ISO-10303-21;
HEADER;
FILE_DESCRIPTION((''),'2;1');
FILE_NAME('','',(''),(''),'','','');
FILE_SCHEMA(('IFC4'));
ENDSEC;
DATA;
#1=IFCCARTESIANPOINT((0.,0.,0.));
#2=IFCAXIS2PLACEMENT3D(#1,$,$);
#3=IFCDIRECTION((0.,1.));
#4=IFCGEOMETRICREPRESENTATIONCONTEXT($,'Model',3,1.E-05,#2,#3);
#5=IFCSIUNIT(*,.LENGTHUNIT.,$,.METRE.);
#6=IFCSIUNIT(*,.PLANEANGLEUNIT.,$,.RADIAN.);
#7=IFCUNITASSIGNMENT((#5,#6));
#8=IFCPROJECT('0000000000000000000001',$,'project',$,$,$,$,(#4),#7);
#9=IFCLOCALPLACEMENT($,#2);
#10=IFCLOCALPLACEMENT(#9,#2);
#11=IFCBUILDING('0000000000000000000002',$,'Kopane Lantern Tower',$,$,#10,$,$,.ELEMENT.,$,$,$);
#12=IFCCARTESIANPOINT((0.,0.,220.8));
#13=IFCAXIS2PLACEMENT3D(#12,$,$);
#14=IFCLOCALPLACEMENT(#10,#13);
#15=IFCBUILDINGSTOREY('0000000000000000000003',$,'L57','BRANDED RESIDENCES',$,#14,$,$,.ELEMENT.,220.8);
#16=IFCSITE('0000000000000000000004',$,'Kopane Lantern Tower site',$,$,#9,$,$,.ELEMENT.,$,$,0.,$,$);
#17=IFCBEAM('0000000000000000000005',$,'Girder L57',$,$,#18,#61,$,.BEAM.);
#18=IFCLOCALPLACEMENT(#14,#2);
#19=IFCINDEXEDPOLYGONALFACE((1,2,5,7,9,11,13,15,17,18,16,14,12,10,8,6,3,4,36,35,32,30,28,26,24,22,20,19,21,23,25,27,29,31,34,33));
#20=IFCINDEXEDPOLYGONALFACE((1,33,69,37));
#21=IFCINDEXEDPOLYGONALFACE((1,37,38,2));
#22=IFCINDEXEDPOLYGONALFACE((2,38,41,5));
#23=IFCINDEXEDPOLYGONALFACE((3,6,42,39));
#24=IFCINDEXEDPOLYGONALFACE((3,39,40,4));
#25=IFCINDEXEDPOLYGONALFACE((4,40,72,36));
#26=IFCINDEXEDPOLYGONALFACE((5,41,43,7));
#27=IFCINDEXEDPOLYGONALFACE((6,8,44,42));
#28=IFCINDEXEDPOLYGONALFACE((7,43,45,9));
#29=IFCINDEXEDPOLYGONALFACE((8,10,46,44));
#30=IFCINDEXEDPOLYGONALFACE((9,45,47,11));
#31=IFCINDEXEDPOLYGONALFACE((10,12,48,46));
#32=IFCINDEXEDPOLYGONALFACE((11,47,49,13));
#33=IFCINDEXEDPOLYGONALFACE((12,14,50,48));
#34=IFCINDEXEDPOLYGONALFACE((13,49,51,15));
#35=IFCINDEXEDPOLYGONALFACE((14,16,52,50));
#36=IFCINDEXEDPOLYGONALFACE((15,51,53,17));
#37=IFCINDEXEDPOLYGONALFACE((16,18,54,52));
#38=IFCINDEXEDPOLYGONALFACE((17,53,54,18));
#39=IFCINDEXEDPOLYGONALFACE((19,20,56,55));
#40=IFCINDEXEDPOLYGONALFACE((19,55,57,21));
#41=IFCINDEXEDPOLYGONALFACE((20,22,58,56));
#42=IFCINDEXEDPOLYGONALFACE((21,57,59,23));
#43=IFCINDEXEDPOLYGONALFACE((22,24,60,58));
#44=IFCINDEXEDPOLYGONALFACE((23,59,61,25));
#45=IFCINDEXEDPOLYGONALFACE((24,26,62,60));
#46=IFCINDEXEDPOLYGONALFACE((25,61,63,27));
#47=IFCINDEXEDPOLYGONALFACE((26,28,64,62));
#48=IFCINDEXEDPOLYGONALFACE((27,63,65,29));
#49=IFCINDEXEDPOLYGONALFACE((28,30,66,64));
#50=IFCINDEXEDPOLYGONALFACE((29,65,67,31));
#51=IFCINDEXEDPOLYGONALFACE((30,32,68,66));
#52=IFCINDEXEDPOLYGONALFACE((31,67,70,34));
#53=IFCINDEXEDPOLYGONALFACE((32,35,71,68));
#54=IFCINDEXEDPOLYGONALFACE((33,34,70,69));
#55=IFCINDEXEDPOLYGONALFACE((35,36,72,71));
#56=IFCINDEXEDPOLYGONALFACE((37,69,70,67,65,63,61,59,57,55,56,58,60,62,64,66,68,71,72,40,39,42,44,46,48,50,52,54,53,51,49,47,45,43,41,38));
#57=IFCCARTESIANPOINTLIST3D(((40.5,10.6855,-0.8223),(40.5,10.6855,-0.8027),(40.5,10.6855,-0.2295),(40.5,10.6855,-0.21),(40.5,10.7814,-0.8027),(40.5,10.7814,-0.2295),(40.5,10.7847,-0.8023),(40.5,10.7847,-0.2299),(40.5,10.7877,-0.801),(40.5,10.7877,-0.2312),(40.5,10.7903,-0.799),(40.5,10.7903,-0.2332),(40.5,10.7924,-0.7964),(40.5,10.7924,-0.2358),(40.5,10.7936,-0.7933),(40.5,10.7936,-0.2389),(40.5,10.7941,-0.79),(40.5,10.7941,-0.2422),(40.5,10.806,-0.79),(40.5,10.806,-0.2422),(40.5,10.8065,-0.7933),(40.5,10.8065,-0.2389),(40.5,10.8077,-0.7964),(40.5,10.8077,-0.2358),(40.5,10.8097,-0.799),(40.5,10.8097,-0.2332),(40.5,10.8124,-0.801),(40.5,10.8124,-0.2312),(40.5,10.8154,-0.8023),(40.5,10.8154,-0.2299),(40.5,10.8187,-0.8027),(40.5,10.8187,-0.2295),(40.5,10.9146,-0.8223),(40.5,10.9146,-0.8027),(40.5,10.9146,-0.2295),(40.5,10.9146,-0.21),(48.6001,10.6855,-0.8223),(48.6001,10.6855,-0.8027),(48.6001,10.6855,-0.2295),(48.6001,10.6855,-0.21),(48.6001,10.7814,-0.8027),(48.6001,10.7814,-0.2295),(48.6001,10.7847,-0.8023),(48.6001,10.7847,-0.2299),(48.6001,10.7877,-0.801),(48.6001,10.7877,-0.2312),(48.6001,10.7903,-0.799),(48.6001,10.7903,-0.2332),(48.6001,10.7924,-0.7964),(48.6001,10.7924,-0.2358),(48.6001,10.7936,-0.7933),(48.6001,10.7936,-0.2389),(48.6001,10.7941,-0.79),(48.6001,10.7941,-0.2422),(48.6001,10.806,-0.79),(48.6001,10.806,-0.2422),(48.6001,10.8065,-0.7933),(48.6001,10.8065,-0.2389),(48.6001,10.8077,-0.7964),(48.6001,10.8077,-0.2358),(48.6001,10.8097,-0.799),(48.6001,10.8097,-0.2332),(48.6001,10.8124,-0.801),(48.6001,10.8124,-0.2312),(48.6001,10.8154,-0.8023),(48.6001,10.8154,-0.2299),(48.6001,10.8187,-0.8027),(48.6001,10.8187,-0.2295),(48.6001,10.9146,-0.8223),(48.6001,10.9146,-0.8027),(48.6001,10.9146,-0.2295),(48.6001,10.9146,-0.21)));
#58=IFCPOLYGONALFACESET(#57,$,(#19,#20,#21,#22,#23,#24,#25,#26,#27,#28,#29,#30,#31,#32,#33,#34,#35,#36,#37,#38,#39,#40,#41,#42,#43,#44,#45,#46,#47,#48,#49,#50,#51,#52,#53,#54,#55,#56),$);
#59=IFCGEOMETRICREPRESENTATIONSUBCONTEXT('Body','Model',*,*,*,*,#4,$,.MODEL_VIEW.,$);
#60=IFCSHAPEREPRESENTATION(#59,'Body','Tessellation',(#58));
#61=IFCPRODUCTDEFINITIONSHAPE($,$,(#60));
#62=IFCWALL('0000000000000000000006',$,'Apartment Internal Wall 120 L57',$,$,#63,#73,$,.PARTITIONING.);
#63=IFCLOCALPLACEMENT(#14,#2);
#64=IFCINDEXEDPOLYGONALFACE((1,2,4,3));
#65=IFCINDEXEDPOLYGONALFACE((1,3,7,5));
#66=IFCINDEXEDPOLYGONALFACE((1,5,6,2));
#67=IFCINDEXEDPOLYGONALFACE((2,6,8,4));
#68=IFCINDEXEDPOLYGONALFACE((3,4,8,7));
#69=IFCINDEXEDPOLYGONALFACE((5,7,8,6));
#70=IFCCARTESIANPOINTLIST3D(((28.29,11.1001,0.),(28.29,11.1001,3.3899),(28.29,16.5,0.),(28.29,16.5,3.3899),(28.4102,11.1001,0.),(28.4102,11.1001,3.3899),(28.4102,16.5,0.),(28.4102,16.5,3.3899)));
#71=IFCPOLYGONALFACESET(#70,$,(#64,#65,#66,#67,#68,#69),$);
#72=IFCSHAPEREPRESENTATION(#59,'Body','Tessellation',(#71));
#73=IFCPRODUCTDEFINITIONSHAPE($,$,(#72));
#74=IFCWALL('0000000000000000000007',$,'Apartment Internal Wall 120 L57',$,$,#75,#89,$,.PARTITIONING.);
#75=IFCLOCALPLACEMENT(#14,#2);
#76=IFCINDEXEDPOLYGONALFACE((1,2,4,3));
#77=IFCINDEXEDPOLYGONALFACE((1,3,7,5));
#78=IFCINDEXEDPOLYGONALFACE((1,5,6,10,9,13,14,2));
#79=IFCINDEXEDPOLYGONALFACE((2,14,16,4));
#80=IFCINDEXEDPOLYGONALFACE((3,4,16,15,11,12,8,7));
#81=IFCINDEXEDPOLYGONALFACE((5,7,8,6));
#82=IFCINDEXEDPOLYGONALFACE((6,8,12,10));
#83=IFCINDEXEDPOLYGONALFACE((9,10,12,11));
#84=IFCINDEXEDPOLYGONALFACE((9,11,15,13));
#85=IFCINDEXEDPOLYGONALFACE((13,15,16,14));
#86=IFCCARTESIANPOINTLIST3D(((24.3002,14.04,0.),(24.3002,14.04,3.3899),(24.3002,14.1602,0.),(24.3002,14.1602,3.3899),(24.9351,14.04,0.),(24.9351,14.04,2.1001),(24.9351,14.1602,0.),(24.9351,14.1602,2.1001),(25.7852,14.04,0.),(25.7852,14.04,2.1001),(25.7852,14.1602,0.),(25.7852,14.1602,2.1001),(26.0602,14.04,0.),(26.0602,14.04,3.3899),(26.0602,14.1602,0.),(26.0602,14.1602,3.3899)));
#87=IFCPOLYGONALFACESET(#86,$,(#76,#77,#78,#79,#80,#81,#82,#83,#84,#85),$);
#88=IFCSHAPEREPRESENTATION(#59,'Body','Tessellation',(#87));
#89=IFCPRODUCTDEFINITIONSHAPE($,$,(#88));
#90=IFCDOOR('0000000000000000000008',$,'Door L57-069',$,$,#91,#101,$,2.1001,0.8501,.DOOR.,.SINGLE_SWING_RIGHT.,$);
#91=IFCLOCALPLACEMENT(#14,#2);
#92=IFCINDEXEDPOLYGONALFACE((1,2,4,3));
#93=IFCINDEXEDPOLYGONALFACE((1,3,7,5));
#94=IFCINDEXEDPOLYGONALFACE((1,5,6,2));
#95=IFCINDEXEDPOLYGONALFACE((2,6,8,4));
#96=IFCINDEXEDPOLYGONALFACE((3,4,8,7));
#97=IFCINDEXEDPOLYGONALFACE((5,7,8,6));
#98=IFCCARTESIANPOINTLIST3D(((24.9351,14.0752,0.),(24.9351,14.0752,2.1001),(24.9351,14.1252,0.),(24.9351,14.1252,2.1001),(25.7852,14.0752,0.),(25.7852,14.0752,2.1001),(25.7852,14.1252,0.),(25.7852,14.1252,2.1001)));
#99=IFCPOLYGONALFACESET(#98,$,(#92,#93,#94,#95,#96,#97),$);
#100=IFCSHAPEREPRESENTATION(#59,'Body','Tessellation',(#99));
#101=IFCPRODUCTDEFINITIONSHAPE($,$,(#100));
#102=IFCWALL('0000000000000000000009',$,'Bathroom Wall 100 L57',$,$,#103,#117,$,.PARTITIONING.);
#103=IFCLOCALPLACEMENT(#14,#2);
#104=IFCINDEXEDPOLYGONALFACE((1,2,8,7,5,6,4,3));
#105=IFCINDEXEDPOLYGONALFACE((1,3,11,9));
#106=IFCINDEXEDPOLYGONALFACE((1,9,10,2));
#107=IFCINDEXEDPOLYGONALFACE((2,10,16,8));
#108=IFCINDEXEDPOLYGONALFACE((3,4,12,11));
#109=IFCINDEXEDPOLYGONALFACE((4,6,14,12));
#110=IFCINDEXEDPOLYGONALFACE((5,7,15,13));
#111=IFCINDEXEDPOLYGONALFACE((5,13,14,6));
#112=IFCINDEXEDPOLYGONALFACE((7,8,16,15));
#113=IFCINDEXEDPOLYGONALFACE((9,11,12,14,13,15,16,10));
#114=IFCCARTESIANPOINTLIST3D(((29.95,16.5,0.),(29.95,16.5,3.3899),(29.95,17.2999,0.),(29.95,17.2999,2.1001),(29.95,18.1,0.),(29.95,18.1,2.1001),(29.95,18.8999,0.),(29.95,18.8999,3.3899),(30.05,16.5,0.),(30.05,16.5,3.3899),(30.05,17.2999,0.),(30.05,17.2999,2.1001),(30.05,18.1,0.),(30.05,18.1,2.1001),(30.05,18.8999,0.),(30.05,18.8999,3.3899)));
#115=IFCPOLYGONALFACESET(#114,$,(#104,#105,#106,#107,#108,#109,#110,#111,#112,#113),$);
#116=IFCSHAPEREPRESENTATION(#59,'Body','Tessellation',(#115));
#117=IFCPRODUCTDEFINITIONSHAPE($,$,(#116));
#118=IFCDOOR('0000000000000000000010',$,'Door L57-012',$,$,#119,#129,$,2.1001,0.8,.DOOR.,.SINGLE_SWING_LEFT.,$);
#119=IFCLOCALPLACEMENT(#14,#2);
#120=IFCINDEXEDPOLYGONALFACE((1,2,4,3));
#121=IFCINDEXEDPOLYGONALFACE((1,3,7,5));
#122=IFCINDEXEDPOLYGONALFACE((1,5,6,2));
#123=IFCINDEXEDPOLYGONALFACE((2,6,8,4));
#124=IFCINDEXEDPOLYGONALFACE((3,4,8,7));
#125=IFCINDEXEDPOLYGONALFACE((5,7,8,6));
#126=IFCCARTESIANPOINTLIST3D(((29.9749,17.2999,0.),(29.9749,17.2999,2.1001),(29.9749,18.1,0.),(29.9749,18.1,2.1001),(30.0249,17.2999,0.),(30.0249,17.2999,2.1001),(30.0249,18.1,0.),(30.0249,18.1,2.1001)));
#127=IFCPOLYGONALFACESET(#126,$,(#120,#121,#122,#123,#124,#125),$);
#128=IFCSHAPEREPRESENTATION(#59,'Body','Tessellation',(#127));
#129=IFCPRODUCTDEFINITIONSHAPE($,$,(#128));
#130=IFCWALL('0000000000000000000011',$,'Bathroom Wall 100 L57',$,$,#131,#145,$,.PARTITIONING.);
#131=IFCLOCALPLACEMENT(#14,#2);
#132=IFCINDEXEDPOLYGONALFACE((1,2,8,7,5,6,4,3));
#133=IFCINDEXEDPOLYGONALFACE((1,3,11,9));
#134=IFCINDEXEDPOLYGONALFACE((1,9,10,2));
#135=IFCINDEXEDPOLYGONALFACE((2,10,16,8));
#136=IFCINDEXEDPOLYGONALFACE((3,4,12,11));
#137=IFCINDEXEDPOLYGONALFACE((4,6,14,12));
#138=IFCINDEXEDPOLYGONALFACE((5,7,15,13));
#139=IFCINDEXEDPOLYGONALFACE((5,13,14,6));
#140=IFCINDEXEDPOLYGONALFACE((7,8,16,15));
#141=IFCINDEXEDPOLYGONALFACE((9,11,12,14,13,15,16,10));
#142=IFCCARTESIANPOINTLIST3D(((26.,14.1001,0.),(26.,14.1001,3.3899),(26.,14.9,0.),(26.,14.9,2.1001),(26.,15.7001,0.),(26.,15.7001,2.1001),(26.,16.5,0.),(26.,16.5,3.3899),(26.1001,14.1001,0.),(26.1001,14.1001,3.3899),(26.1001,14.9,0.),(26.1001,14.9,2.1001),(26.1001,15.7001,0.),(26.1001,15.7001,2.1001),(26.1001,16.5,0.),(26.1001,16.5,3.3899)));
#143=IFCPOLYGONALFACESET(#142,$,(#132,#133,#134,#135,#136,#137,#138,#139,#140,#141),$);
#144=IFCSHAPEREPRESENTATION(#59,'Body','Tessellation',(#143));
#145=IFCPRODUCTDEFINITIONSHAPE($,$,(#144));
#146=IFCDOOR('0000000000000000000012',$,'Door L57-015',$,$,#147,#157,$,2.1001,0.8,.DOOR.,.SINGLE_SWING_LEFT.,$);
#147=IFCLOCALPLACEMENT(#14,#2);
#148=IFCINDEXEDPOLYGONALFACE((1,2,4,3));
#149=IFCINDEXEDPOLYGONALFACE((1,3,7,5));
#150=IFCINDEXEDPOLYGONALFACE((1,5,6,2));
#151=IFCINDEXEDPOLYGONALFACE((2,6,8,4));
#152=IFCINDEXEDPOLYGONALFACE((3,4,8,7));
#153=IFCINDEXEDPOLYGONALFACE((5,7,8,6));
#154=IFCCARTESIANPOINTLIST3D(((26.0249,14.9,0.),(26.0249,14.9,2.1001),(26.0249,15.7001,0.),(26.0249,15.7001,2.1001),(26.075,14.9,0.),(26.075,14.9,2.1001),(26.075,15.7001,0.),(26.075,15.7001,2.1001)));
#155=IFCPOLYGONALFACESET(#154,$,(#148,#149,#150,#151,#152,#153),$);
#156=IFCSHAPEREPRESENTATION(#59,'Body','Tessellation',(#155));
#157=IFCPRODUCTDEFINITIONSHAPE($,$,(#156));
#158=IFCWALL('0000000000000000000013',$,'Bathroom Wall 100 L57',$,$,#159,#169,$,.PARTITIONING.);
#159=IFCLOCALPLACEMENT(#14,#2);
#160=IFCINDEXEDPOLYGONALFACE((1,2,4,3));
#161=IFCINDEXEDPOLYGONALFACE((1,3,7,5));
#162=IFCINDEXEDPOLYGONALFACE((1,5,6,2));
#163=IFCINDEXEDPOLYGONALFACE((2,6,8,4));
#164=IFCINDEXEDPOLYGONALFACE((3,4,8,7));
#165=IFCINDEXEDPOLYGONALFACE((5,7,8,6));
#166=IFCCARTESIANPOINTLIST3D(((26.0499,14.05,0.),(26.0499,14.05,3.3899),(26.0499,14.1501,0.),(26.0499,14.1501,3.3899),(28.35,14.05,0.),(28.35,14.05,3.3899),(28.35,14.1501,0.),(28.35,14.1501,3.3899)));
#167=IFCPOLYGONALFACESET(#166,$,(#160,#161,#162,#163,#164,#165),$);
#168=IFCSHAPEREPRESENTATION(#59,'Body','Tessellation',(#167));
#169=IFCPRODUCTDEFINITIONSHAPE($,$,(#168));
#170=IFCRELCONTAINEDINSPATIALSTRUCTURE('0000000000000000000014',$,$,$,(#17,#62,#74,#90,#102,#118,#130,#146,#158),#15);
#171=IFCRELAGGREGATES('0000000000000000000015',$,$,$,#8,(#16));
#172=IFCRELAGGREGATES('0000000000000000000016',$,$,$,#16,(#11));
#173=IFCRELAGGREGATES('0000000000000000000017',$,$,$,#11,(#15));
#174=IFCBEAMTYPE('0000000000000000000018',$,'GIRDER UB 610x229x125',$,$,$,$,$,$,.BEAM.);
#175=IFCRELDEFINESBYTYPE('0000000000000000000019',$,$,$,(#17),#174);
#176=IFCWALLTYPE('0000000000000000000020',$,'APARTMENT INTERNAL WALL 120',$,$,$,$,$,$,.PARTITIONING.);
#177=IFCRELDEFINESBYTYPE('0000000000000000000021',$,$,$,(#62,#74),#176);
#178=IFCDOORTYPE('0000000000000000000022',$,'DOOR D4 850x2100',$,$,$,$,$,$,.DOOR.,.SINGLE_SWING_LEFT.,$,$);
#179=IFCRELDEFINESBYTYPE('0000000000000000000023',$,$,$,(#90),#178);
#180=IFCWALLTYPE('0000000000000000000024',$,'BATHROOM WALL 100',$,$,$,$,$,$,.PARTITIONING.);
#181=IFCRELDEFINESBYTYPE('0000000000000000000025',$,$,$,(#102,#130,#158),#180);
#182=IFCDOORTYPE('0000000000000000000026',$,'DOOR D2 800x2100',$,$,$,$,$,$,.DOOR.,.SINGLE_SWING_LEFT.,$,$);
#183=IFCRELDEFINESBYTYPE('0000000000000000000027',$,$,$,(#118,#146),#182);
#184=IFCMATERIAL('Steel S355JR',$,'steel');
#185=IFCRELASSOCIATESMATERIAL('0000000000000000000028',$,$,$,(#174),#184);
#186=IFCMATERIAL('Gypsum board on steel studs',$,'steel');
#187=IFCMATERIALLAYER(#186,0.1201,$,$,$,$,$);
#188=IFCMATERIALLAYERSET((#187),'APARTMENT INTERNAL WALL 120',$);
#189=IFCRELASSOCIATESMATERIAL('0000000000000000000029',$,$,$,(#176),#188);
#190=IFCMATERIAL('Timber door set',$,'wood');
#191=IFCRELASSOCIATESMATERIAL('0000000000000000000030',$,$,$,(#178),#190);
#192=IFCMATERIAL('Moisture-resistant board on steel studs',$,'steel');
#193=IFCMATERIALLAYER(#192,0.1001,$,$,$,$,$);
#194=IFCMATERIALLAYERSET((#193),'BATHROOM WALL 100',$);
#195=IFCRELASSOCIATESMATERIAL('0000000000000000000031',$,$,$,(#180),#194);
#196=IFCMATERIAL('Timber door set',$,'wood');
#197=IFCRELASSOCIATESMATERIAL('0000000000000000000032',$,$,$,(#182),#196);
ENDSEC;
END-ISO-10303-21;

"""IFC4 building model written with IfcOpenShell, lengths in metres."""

from ifc_helpers import new_model, si_unit, direction, frame, frame_2d, origin, origin_2d, place, context, subcontext, project, spatial, rectangle, i_section, extrude, material, layer, layer_set, material_profile, profile_set, type_object, element, fill, save


model = new_model("IFC4")

# Units and contexts
model_context = context("Model", 3, precision=1e-05, world=origin(), true_north=direction((0.0, 1.0)))
body_context = subcontext(model_context, "Body", "Model", "MODEL_VIEW")
ifc_project = project(units=[si_unit("LENGTHUNIT", "METRE"), si_unit("PLANEANGLEUNIT", "RADIAN")], contexts=[model_context])

# Site, building, storey
site_placement = place(None, origin())
site = spatial("IfcSite", under=ifc_project, at=site_placement, Name="Kopane Lantern Tower site", CompositionType="ELEMENT", RefElevation=0.0)
building_placement = place(site_placement, origin())
building = spatial("IfcBuilding", under=site, at=building_placement, Name="Kopane Lantern Tower", CompositionType="ELEMENT")
storey_placement = place(building_placement, frame((0.0, 0.0, 220.8)))
storey = spatial("IfcBuildingStorey", under=building, at=storey_placement, Name="L57", Description="BRANDED RESIDENCES", CompositionType="ELEMENT", Elevation=220.8)

# Beam
ifc_material_1 = material(Name="Steel S355JR", Category="steel")
ifc_material_profile_1 = material_profile(ifc_material_1, i_section(OverallWidth=0.229, OverallDepth=0.6123, WebThickness=0.012, FlangeThickness=0.0195, FilletRadius=0.0127, at=origin_2d()), Name="UB 610x229x125")
ifc_profile_set_1 = profile_set([ifc_material_profile_1], Name="Steel S355JR")
beam_type = type_object("IfcBeamType", Name="GIRDER UB 610x229x125", PredefinedType="BEAM", material=ifc_profile_set_1)
beam_1_placement = place(storey_placement, frame((40.5, 10.8, -0.5161), z_axis=(1.0, 0.0, 0.0), x_axis=(0.0, 1.0, 0.0)))
element("IfcBeam", 1, at=beam_1_placement, inside=storey, type_object=beam_type, Name="Girder L57", PredefinedType="BEAM", context=body_context, shape_type="SweptSolid", body=[
    extrude(i_section(OverallWidth=0.229, OverallDepth=0.6123, WebThickness=0.012, FlangeThickness=0.0195, FilletRadius=0.0127, at=origin_2d()), origin(), (0.0, 0.0, 1.0), 8.1001),
])

# Wall
ifc_material_2 = material(Name="Gypsum board on steel studs", Category="steel")
ifc_layer_1 = layer(ifc_material_2, 0.1201)
ifc_layer_set_1 = layer_set([ifc_layer_1], Name="APARTMENT INTERNAL WALL 120")
wall_type_1 = type_object("IfcWallType", Name="APARTMENT INTERNAL WALL 120", PredefinedType="PARTITIONING", material=ifc_layer_set_1)
wall_1_placement = place(storey_placement, frame((28.3501, 16.5, 0.0), z_axis=(0.0, 0.0, 1.0), x_axis=(0.0, -1.0, 0.0)))
element("IfcWall", 2, at=wall_1_placement, inside=storey, type_object=wall_type_1, Name="Apartment Internal Wall 120 L57", PredefinedType="PARTITIONING", context=body_context, shape_type="SweptSolid", body=[
    extrude(rectangle(XDim=5.3999, YDim=0.1201, at=frame_2d((2.7, 0.0))), origin(), (0.0, 0.0, 1.0), 3.3899),
])

# Walls, openings, doors
wall_2_placement = place(storey_placement, frame((26.0601, 14.1001, 0.0), z_axis=(0.0, 0.0, 1.0), x_axis=(-1.0, 0.0, 0.0)))
wall_2 = element("IfcWall", 3, at=wall_2_placement, inside=storey, type_object=wall_type_1, Name="Apartment Internal Wall 120 L57", PredefinedType="PARTITIONING", context=body_context, shape_type="SweptSolid", body=[
    extrude(rectangle(XDim=1.76, YDim=0.1201, at=frame_2d((0.8799, 0.0))), origin(), (0.0, 0.0, 1.0), 3.3899),
])
opening_1_placement = place(wall_2_placement, frame((0.2749, 0.0, 0.0)))
opening_1 = element("IfcOpeningElement", 4, at=opening_1_placement, cuts=wall_2, PredefinedType="OPENING", context=body_context, shape_type="SweptSolid", body=[
    extrude(rectangle(XDim=0.8501, YDim=2.1001, at=frame_2d((0.425, 1.05))), frame((0.0, 0.0701, 0.0), z_axis=(0.0, -1.0, 0.0), x_axis=(1.0, 0.0, 0.0)), (0.0, 0.0, 1.0), 0.1401),
])
ifc_material_3 = material(Name="Timber door set", Category="wood")
door_type_1 = type_object("IfcDoorType", Name="DOOR D4 850x2100", OperationType="SINGLE_SWING_LEFT", PredefinedType="DOOR", material=ifc_material_3)
door_1_placement = place(opening_1_placement, origin())
door_1 = element("IfcDoor", 5, at=door_1_placement, inside=storey, type_object=door_type_1, Name="Door L57-069", OperationType="SINGLE_SWING_RIGHT", OverallHeight=2.1001, OverallWidth=0.8501, PredefinedType="DOOR", context=body_context, shape_type="SweptSolid", body=[
    extrude(rectangle(XDim=0.8501, YDim=2.1001, at=frame_2d((0.425, 1.05))), frame((0.0, 0.0249, 0.0), z_axis=(0.0, -1.0, 0.0), x_axis=(1.0, 0.0, 0.0)), (0.0, 0.0, 1.0), 0.05),
])
fill(opening_1, door_1)
ifc_material_4 = material(Name="Moisture-resistant board on steel studs", Category="steel")
ifc_layer_2 = layer(ifc_material_4, 0.1001)
ifc_layer_set_2 = layer_set([ifc_layer_2], Name="BATHROOM WALL 100")
wall_type_2 = type_object("IfcWallType", Name="BATHROOM WALL 100", PredefinedType="PARTITIONING", material=ifc_layer_set_2)
wall_3_placement = place(storey_placement, frame((30.0, 18.8999, 0.0), z_axis=(0.0, 0.0, 1.0), x_axis=(0.0, -1.0, 0.0)))
wall_3 = element("IfcWall", 6, at=wall_3_placement, inside=storey, type_object=wall_type_2, Name="Bathroom Wall 100 L57", PredefinedType="PARTITIONING", context=body_context, shape_type="SweptSolid", body=[
    extrude(rectangle(XDim=2.3999, YDim=0.1001, at=frame_2d((1.2, 0.0))), origin(), (0.0, 0.0, 1.0), 3.3899),
])
opening_2_placement = place(wall_3_placement, frame((0.8, 0.0, 0.0)))
opening_2 = element("IfcOpeningElement", 7, at=opening_2_placement, cuts=wall_3, PredefinedType="OPENING", context=body_context, shape_type="SweptSolid", body=[
    extrude(rectangle(XDim=0.8, YDim=2.1001, at=frame_2d((0.3999, 1.05))), frame((0.0, 0.0601, 0.0), z_axis=(0.0, -1.0, 0.0), x_axis=(1.0, 0.0, 0.0)), (0.0, 0.0, 1.0), 0.1201),
])
ifc_material_5 = material(Name="Timber door set", Category="wood")
door_type_2 = type_object("IfcDoorType", Name="DOOR D2 800x2100", OperationType="SINGLE_SWING_LEFT", PredefinedType="DOOR", material=ifc_material_5)
door_2_placement = place(opening_2_placement, origin())
door_2 = element("IfcDoor", 8, at=door_2_placement, inside=storey, type_object=door_type_2, Name="Door L57-012", OperationType="SINGLE_SWING_LEFT", OverallHeight=2.1001, OverallWidth=0.8, PredefinedType="DOOR", context=body_context, shape_type="SweptSolid", body=[
    extrude(rectangle(XDim=0.8, YDim=2.1001, at=frame_2d((0.3999, 1.05))), frame((0.0, 0.0249, 0.0), z_axis=(0.0, -1.0, 0.0), x_axis=(1.0, 0.0, 0.0)), (0.0, 0.0, 1.0), 0.05),
])
fill(opening_2, door_2)
wall_4_placement = place(storey_placement, frame((26.05, 16.5, 0.0), z_axis=(0.0, 0.0, 1.0), x_axis=(0.0, -1.0, 0.0)))
wall_4 = element("IfcWall", 9, at=wall_4_placement, inside=storey, type_object=wall_type_2, Name="Bathroom Wall 100 L57", PredefinedType="PARTITIONING", context=body_context, shape_type="SweptSolid", body=[
    extrude(rectangle(XDim=2.3999, YDim=0.1001, at=frame_2d((1.2, 0.0))), origin(), (0.0, 0.0, 1.0), 3.3899),
])
opening_3_placement = place(wall_4_placement, frame((0.8, 0.0, 0.0)))
opening_3 = element("IfcOpeningElement", 10, at=opening_3_placement, cuts=wall_4, PredefinedType="OPENING", context=body_context, shape_type="SweptSolid", body=[
    extrude(rectangle(XDim=0.8, YDim=2.1001, at=frame_2d((0.3999, 1.05))), frame((0.0, 0.0601, 0.0), z_axis=(0.0, -1.0, 0.0), x_axis=(1.0, 0.0, 0.0)), (0.0, 0.0, 1.0), 0.1201),
])
door_3_placement = place(opening_3_placement, origin())
door_3 = element("IfcDoor", 11, at=door_3_placement, inside=storey, type_object=door_type_2, Name="Door L57-015", OperationType="SINGLE_SWING_LEFT", OverallHeight=2.1001, OverallWidth=0.8, PredefinedType="DOOR", context=body_context, shape_type="SweptSolid", body=[
    extrude(rectangle(XDim=0.8, YDim=2.1001, at=frame_2d((0.3999, 1.05))), frame((0.0, 0.0249, 0.0), z_axis=(0.0, -1.0, 0.0), x_axis=(1.0, 0.0, 0.0)), (0.0, 0.0, 1.0), 0.05),
])
fill(opening_3, door_3)

# Wall
wall_5_placement = place(storey_placement, frame((26.05, 14.1001, 0.0), z_axis=(0.0, 0.0, 1.0), x_axis=(1.0, 0.0, 0.0)))
element("IfcWall", 12, at=wall_5_placement, inside=storey, type_object=wall_type_2, Name="Bathroom Wall 100 L57", PredefinedType="PARTITIONING", context=body_context, shape_type="SweptSolid", body=[
    extrude(rectangle(XDim=2.3, YDim=0.1001, at=frame_2d((1.1499, 0.0))), origin(), (0.0, 0.0, 1.0), 3.3899),
])

save(model, "model.ifc")
